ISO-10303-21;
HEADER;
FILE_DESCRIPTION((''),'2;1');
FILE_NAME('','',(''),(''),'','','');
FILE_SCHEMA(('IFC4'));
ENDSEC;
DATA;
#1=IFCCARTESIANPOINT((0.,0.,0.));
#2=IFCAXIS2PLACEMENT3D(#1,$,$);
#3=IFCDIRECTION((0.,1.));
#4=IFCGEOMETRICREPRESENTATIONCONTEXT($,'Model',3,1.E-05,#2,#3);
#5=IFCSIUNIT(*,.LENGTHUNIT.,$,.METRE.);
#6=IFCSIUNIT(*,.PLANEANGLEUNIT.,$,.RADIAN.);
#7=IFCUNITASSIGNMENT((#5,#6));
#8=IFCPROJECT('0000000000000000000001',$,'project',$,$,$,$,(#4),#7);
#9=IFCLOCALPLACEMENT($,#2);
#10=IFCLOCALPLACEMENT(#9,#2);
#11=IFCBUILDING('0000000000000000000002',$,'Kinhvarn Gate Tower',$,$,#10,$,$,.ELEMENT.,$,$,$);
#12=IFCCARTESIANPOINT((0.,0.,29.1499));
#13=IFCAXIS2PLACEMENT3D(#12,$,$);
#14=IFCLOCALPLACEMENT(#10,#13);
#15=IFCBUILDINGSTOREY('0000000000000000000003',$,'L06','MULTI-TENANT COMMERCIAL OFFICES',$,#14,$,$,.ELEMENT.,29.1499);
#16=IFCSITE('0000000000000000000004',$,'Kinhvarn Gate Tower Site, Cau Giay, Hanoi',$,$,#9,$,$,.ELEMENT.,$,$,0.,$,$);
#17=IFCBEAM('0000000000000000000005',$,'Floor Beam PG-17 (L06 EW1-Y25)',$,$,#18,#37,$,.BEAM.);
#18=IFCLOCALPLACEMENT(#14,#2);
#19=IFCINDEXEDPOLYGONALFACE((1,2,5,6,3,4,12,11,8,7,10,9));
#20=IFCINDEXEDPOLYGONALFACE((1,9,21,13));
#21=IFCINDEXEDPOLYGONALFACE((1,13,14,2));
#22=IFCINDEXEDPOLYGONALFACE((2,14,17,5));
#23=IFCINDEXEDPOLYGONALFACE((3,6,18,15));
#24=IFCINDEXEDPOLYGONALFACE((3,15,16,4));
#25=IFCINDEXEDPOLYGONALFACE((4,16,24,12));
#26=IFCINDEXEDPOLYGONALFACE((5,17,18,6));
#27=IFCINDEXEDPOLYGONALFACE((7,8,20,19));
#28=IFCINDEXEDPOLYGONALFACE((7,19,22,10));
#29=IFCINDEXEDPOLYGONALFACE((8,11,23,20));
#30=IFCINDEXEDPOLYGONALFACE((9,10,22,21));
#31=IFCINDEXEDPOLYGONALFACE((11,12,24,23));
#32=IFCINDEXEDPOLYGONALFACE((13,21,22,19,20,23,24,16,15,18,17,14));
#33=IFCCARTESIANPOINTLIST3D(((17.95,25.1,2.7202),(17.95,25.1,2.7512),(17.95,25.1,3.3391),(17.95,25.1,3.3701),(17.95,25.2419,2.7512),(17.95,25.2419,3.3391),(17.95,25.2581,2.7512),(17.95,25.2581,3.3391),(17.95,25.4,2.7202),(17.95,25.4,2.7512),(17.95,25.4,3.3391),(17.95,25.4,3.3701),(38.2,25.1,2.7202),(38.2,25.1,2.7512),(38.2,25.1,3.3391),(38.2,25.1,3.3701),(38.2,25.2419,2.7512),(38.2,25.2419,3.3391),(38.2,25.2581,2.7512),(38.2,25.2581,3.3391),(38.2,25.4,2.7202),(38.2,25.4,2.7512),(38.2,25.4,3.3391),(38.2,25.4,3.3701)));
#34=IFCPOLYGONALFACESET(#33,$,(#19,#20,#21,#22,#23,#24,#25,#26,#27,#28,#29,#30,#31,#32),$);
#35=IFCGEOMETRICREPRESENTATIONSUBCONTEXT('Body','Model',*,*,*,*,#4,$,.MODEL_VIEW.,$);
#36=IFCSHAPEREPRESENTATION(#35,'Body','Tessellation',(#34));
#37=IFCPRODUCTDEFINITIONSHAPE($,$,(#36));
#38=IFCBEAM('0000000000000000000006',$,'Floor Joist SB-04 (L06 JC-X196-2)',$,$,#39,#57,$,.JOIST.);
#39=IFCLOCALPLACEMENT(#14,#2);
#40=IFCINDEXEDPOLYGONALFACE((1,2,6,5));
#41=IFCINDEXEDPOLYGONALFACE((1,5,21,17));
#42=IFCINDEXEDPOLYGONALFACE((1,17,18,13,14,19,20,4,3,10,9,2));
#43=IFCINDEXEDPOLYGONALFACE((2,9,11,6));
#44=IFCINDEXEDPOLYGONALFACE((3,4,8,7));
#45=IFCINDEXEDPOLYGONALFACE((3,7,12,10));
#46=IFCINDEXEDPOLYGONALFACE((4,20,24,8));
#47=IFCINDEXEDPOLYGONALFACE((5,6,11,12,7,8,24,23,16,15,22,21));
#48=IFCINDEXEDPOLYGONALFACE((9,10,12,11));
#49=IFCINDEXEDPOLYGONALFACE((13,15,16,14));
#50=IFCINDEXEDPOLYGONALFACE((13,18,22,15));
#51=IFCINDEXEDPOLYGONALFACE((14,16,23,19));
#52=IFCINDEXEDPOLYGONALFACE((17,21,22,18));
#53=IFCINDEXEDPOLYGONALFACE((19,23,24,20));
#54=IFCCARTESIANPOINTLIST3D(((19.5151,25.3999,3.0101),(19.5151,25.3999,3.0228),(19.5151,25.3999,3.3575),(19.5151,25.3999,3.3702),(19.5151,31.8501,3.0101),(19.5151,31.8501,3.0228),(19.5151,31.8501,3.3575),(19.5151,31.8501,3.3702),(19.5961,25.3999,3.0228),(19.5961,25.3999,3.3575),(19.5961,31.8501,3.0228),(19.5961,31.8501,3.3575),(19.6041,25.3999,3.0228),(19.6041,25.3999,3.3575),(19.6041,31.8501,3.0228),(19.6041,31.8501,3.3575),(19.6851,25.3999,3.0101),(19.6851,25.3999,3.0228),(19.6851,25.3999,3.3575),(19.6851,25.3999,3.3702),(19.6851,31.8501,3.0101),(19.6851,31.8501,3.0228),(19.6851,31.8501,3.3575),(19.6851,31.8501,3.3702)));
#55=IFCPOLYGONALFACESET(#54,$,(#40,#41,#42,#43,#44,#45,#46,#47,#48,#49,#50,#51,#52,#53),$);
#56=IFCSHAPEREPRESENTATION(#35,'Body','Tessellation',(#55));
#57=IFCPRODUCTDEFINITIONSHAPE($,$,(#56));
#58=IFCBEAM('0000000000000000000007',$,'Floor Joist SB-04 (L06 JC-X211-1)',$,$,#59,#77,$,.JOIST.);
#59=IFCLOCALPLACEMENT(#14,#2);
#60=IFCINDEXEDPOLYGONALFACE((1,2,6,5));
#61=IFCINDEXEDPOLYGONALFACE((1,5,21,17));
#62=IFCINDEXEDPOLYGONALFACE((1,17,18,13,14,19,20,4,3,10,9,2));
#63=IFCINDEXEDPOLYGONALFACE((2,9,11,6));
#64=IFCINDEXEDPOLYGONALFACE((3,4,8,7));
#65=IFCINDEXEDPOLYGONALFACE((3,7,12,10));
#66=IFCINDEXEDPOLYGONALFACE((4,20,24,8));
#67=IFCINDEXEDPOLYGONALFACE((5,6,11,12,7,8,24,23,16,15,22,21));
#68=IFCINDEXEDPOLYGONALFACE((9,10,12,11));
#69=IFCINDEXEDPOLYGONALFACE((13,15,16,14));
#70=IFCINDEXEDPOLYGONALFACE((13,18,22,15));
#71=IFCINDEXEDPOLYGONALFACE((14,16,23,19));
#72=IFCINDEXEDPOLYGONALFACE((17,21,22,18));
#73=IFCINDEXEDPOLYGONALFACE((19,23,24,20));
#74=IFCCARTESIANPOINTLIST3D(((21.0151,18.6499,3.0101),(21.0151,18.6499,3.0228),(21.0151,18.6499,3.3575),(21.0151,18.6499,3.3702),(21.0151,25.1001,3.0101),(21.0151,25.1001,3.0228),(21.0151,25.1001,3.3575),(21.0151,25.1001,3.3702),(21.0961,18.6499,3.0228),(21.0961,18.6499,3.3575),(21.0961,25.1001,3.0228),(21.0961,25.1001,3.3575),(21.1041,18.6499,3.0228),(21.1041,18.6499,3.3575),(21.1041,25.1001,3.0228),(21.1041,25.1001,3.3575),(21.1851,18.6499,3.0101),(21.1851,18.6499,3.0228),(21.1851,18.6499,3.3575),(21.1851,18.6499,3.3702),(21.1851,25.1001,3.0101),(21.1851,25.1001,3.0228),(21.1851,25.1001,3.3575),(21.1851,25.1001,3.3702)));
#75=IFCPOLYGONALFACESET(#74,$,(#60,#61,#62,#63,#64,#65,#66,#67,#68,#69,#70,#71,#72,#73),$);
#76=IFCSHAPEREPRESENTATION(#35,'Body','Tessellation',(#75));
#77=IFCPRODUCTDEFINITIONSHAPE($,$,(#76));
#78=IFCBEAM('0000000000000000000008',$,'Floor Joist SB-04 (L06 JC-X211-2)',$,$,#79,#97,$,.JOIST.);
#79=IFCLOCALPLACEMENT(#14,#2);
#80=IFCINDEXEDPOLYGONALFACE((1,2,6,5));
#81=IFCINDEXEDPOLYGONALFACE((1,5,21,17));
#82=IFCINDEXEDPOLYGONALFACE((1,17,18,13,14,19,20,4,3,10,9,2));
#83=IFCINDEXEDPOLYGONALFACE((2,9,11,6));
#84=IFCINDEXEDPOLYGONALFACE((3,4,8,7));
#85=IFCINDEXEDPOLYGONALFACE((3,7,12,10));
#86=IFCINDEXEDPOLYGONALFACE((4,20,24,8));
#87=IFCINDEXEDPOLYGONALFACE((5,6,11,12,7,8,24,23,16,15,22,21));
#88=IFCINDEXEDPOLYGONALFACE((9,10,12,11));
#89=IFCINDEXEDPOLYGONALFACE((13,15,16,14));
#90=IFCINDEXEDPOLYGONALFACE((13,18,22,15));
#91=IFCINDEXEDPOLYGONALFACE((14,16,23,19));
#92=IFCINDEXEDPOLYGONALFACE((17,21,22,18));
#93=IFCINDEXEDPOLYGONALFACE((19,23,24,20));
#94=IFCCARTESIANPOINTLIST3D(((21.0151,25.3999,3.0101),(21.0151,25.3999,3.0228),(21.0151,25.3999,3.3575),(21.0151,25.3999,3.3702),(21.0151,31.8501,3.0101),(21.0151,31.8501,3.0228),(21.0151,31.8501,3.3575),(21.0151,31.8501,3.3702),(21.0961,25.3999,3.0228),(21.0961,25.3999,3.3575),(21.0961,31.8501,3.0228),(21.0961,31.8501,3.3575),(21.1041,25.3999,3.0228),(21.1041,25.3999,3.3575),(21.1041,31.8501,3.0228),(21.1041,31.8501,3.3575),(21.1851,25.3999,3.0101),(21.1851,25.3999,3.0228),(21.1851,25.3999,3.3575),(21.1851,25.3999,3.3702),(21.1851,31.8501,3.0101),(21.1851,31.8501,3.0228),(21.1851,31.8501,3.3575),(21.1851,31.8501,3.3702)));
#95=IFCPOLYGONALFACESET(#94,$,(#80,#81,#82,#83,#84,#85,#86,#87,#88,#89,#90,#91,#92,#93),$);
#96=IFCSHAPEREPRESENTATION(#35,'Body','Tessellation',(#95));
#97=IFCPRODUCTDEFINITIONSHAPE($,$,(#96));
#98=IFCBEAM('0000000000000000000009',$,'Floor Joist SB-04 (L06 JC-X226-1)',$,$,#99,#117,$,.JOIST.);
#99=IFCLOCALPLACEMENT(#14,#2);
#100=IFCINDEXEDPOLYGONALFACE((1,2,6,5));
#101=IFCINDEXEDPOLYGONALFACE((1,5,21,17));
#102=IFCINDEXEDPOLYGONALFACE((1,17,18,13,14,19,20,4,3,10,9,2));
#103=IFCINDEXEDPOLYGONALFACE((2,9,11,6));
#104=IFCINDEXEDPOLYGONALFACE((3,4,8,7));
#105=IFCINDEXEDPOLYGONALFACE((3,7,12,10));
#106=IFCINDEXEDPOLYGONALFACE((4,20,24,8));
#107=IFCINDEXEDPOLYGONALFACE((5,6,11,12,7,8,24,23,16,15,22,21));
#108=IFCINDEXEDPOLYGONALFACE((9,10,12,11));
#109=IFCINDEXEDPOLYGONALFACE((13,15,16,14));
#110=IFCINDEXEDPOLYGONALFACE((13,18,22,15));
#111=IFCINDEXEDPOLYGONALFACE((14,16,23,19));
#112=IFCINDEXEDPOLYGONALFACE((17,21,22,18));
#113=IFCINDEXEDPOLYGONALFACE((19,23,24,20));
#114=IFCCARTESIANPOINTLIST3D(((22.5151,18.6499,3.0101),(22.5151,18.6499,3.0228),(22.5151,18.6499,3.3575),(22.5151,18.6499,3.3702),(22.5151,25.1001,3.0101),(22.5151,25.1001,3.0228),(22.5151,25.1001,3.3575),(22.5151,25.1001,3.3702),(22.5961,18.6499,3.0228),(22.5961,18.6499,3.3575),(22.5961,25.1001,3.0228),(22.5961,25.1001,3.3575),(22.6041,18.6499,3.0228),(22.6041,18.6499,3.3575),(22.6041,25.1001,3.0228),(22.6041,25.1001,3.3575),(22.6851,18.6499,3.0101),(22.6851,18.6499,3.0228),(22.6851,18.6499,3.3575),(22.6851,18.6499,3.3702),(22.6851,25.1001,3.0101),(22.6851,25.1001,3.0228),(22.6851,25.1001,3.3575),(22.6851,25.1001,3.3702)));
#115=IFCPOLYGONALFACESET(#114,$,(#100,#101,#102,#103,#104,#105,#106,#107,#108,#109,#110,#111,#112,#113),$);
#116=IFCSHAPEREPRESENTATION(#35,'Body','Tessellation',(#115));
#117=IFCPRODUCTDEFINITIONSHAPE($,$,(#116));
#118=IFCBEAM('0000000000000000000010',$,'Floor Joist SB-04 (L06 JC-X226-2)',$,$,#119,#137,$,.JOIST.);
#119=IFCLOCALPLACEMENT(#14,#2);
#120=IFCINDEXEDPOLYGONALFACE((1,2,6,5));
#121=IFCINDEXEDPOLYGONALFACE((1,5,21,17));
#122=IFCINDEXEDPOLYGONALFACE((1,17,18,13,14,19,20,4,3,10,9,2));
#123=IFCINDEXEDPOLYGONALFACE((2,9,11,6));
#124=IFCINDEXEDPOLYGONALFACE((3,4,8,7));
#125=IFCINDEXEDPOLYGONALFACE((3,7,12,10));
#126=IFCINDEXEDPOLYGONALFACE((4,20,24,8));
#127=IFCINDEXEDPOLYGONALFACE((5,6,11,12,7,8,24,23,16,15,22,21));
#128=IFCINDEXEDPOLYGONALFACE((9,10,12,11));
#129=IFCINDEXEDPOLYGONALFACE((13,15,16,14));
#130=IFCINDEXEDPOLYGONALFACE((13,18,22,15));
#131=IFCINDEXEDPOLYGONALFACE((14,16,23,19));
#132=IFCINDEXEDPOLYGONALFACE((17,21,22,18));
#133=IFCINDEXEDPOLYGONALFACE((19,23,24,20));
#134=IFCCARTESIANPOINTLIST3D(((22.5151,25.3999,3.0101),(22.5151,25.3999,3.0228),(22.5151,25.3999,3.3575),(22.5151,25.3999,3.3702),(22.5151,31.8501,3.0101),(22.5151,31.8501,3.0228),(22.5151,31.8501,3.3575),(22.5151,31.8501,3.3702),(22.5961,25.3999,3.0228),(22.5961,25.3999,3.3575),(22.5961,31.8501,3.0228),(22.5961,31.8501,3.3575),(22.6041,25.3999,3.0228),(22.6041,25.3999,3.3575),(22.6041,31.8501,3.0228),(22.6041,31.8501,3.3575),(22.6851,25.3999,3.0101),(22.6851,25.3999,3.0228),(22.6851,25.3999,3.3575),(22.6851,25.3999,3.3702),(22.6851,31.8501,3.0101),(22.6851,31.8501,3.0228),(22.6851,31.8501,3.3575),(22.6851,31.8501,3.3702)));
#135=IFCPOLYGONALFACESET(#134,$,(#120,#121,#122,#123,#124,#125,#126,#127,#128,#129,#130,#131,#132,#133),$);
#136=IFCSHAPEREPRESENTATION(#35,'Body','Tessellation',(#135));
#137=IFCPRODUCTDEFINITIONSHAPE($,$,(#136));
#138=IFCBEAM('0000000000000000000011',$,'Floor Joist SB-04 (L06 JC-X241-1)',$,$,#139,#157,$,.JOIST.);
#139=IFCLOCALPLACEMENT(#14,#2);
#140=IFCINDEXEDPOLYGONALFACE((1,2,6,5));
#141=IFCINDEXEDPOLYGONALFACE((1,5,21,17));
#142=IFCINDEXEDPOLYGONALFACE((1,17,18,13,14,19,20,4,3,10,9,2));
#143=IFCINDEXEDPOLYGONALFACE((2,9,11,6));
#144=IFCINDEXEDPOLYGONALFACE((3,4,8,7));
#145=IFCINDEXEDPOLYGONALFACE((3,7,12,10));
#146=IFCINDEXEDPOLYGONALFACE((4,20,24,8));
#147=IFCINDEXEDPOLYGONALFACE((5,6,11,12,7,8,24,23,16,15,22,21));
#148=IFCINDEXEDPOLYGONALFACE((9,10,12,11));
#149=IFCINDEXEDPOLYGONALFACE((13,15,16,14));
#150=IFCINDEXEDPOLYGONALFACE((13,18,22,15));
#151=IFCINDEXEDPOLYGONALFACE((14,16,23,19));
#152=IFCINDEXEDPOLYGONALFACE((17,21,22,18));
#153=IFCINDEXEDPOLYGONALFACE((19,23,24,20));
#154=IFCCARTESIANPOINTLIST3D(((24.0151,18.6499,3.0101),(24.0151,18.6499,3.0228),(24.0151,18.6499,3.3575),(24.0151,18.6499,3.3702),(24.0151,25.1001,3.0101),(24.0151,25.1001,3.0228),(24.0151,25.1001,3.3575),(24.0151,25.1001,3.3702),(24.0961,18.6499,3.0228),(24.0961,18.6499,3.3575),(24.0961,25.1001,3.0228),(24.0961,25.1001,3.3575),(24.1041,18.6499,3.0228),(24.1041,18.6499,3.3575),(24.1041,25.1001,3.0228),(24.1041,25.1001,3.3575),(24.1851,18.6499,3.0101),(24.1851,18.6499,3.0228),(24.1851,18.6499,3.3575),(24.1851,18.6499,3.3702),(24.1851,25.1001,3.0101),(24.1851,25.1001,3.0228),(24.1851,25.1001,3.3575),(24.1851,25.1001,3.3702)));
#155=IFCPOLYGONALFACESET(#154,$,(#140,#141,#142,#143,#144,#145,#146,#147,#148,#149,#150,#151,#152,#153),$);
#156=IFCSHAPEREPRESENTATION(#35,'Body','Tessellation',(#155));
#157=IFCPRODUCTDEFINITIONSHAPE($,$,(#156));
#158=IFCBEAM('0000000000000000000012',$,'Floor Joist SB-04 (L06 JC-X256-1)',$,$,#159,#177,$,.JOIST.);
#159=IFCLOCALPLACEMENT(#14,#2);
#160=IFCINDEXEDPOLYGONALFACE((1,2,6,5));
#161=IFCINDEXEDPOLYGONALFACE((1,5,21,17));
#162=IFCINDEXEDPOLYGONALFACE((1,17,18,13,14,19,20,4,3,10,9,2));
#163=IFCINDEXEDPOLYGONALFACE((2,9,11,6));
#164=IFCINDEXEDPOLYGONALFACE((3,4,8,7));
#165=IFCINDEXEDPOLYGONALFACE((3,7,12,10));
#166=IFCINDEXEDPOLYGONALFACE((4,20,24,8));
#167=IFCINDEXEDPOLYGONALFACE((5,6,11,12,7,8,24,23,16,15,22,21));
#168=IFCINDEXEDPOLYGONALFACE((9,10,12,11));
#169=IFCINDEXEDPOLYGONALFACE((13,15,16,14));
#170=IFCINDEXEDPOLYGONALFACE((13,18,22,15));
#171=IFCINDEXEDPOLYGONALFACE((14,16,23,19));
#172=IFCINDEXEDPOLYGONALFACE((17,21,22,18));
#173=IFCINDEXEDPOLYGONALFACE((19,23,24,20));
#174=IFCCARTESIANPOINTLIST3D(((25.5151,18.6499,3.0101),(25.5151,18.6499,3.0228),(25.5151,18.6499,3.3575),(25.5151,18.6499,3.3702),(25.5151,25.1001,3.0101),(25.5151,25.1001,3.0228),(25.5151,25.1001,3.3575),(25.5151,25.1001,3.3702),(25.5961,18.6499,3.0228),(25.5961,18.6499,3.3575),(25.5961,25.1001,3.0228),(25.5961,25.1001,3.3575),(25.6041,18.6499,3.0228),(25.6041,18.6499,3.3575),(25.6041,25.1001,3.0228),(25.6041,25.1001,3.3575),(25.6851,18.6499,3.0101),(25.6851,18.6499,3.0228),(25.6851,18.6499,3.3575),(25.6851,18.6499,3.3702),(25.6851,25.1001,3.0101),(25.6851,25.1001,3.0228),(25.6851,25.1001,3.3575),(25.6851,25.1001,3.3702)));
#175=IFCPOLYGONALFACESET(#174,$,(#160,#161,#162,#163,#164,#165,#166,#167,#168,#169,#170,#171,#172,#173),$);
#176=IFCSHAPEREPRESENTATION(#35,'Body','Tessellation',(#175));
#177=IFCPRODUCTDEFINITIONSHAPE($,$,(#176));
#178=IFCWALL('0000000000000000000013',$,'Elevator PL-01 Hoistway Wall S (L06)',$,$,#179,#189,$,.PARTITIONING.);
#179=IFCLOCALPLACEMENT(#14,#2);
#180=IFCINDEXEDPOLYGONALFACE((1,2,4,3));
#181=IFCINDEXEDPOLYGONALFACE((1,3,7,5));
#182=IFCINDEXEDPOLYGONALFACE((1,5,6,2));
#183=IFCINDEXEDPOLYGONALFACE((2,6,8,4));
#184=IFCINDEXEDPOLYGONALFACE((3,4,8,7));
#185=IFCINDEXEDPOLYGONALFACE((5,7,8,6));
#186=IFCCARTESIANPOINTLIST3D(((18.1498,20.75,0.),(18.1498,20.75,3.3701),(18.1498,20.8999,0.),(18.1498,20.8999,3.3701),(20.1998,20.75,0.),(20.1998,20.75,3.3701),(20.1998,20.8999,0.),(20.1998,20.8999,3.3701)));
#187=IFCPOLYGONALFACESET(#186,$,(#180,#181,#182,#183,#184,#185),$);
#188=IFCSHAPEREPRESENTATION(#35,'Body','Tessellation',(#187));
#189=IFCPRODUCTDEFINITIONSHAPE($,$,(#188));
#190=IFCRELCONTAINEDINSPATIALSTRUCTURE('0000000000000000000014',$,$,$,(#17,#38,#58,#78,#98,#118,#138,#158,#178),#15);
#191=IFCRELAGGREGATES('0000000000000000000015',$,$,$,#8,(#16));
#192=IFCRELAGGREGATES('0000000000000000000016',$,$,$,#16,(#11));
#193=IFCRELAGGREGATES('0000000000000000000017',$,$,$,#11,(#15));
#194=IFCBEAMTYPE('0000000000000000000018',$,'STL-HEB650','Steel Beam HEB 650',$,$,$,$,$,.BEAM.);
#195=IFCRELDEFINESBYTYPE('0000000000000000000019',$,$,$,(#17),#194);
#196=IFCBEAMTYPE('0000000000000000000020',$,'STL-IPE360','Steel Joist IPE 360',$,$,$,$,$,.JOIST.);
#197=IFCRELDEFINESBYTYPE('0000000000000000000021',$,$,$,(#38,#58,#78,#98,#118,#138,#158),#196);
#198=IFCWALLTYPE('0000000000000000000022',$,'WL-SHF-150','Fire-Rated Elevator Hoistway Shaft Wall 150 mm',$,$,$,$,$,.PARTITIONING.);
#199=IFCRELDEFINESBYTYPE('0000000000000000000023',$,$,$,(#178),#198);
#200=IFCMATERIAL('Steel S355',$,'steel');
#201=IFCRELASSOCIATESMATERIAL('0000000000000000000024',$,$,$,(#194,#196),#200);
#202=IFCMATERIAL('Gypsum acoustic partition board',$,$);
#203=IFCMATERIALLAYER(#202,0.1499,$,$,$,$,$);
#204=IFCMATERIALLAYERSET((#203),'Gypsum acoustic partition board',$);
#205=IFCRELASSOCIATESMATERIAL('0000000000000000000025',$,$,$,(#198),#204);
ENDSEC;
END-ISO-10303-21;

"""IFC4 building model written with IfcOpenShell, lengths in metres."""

from ifc_helpers import new_model, si_unit, direction, frame, frame_2d, origin, origin_2d, place, context, subcontext, project, spatial, rectangle, i_section, extrude, material, layer, layer_set, material_profile, profile_set, type_object, element, save


model = new_model("IFC4")

# Units and contexts
model_context = context("Model", 3, precision=1e-05, world=origin(), true_north=direction((0.0, 1.0)))
body_context = subcontext(model_context, "Body", "Model", "MODEL_VIEW")
ifc_project = project(units=[si_unit("LENGTHUNIT", "METRE"), si_unit("PLANEANGLEUNIT", "RADIAN")], contexts=[model_context])

# Site, building, storey
site_placement = place(None, origin())
site = spatial("IfcSite", under=ifc_project, at=site_placement, Name="Kinhvarn Gate Tower Site, Cau Giay, Hanoi", CompositionType="ELEMENT", RefElevation=0.0)
building_placement = place(site_placement, origin())
building = spatial("IfcBuilding", under=site, at=building_placement, Name="Kinhvarn Gate Tower", CompositionType="ELEMENT")
storey_placement = place(building_placement, frame((0.0, 0.0, 29.1499)))
storey = spatial("IfcBuildingStorey", under=building, at=storey_placement, Name="L06", Description="MULTI-TENANT COMMERCIAL OFFICES", CompositionType="ELEMENT", Elevation=29.1499)

# Beams
ifc_material_1 = material(Name="Steel S355", Category="steel")
ifc_material_profile_1 = material_profile(ifc_material_1, i_section(OverallWidth=0.3, OverallDepth=0.6499, WebThickness=0.0161, FlangeThickness=0.031, at=origin_2d()), Name="HEB 650")
ifc_profile_set_1 = profile_set([ifc_material_profile_1], Name="Steel S355")
beam_type_1 = type_object("IfcBeamType", Name="STL-HEB650", Description="Steel Beam HEB 650", PredefinedType="BEAM", material=ifc_profile_set_1)
beam_placement = place(storey_placement, frame((17.95, 25.25, 3.0452), z_axis=(1.0, 0.0, 0.0), x_axis=(0.0, 1.0, 0.0)))
element("IfcBeam", 1, at=beam_placement, inside=storey, type_object=beam_type_1, Name="Floor Beam PG-17 (L06 EW1-Y25)", PredefinedType="BEAM", context=body_context, shape_type="SweptSolid", body=[
    extrude(i_section(OverallWidth=0.3, OverallDepth=0.6499, WebThickness=0.0161, FlangeThickness=0.031, at=origin_2d()), origin(), (0.0, 0.0, 1.0), 20.25),
])
ifc_material_profile_2 = material_profile(ifc_material_1, i_section(OverallWidth=0.1699, OverallDepth=0.3601, WebThickness=0.0081, FlangeThickness=0.0127, at=origin_2d()), Name="IPE 360")
ifc_profile_set_2 = profile_set([ifc_material_profile_2], Name="Steel S355")
beam_type_2 = type_object("IfcBeamType", Name="STL-IPE360", Description="Steel Joist IPE 360", PredefinedType="JOIST", material=ifc_profile_set_2)
for number, where, z_axis, x_axis, name in (
    (2, (19.6001, 25.3999, 3.1902), (0.0, 1.0, 0.0), (-1.0, 0.0, 0.0), "Floor Joist SB-04 (L06 JC-X196-2)"),
    (3, (21.1001, 18.6499, 3.1902), (0.0, 1.0, 0.0), (-1.0, 0.0, 0.0), "Floor Joist SB-04 (L06 JC-X211-1)"),
    (4, (21.1001, 25.3999, 3.1902), (0.0, 1.0, 0.0), (-1.0, 0.0, 0.0), "Floor Joist SB-04 (L06 JC-X211-2)"),
    (5, (22.6001, 18.6499, 3.1902), (0.0, 1.0, 0.0), (-1.0, 0.0, 0.0), "Floor Joist SB-04 (L06 JC-X226-1)"),
    (6, (22.6001, 25.3999, 3.1902), (0.0, 1.0, 0.0), (-1.0, 0.0, 0.0), "Floor Joist SB-04 (L06 JC-X226-2)"),
    (7, (24.1001, 18.6499, 3.1902), (0.0, 1.0, 0.0), (-1.0, 0.0, 0.0), "Floor Joist SB-04 (L06 JC-X241-1)"),
    (8, (25.6001, 18.6499, 3.1902), (0.0, 1.0, 0.0), (-1.0, 0.0, 0.0), "Floor Joist SB-04 (L06 JC-X256-1)"),
):
    element("IfcBeam", number, at=place(storey_placement, frame(where, z_axis=z_axis, x_axis=x_axis)), inside=storey, type_object=beam_type_2, Name=name, PredefinedType="JOIST", context=body_context, shape_type="SweptSolid", body=[
        extrude(i_section(OverallWidth=0.1699, OverallDepth=0.3601, WebThickness=0.0081, FlangeThickness=0.0127, at=origin_2d()), origin(), (0.0, 0.0, 1.0), 6.4502),
    ])

# Wall
ifc_material_2 = material(Name="Gypsum acoustic partition board")
ifc_layer = layer(ifc_material_2, 0.1499)
ifc_layer_set = layer_set([ifc_layer], Name="Gypsum acoustic partition board")
wall_type = type_object("IfcWallType", Name="WL-SHF-150", Description="Fire-Rated Elevator Hoistway Shaft Wall 150 mm", PredefinedType="PARTITIONING", material=ifc_layer_set)
wall_1_placement = place(storey_placement, frame((18.1499, 20.825, 0.0), z_axis=(0.0, 0.0, 1.0), x_axis=(1.0, 0.0, 0.0)))
element("IfcWall", 9, at=wall_1_placement, inside=storey, type_object=wall_type, Name="Elevator PL-01 Hoistway Wall S (L06)", PredefinedType="PARTITIONING", context=body_context, shape_type="SweptSolid", body=[
    extrude(rectangle(XDim=2.05, YDim=0.1499, at=frame_2d((1.0249, 0.0))), origin(), (0.0, 0.0, 1.0), 3.3701),
])

save(model, "model.ifc")
